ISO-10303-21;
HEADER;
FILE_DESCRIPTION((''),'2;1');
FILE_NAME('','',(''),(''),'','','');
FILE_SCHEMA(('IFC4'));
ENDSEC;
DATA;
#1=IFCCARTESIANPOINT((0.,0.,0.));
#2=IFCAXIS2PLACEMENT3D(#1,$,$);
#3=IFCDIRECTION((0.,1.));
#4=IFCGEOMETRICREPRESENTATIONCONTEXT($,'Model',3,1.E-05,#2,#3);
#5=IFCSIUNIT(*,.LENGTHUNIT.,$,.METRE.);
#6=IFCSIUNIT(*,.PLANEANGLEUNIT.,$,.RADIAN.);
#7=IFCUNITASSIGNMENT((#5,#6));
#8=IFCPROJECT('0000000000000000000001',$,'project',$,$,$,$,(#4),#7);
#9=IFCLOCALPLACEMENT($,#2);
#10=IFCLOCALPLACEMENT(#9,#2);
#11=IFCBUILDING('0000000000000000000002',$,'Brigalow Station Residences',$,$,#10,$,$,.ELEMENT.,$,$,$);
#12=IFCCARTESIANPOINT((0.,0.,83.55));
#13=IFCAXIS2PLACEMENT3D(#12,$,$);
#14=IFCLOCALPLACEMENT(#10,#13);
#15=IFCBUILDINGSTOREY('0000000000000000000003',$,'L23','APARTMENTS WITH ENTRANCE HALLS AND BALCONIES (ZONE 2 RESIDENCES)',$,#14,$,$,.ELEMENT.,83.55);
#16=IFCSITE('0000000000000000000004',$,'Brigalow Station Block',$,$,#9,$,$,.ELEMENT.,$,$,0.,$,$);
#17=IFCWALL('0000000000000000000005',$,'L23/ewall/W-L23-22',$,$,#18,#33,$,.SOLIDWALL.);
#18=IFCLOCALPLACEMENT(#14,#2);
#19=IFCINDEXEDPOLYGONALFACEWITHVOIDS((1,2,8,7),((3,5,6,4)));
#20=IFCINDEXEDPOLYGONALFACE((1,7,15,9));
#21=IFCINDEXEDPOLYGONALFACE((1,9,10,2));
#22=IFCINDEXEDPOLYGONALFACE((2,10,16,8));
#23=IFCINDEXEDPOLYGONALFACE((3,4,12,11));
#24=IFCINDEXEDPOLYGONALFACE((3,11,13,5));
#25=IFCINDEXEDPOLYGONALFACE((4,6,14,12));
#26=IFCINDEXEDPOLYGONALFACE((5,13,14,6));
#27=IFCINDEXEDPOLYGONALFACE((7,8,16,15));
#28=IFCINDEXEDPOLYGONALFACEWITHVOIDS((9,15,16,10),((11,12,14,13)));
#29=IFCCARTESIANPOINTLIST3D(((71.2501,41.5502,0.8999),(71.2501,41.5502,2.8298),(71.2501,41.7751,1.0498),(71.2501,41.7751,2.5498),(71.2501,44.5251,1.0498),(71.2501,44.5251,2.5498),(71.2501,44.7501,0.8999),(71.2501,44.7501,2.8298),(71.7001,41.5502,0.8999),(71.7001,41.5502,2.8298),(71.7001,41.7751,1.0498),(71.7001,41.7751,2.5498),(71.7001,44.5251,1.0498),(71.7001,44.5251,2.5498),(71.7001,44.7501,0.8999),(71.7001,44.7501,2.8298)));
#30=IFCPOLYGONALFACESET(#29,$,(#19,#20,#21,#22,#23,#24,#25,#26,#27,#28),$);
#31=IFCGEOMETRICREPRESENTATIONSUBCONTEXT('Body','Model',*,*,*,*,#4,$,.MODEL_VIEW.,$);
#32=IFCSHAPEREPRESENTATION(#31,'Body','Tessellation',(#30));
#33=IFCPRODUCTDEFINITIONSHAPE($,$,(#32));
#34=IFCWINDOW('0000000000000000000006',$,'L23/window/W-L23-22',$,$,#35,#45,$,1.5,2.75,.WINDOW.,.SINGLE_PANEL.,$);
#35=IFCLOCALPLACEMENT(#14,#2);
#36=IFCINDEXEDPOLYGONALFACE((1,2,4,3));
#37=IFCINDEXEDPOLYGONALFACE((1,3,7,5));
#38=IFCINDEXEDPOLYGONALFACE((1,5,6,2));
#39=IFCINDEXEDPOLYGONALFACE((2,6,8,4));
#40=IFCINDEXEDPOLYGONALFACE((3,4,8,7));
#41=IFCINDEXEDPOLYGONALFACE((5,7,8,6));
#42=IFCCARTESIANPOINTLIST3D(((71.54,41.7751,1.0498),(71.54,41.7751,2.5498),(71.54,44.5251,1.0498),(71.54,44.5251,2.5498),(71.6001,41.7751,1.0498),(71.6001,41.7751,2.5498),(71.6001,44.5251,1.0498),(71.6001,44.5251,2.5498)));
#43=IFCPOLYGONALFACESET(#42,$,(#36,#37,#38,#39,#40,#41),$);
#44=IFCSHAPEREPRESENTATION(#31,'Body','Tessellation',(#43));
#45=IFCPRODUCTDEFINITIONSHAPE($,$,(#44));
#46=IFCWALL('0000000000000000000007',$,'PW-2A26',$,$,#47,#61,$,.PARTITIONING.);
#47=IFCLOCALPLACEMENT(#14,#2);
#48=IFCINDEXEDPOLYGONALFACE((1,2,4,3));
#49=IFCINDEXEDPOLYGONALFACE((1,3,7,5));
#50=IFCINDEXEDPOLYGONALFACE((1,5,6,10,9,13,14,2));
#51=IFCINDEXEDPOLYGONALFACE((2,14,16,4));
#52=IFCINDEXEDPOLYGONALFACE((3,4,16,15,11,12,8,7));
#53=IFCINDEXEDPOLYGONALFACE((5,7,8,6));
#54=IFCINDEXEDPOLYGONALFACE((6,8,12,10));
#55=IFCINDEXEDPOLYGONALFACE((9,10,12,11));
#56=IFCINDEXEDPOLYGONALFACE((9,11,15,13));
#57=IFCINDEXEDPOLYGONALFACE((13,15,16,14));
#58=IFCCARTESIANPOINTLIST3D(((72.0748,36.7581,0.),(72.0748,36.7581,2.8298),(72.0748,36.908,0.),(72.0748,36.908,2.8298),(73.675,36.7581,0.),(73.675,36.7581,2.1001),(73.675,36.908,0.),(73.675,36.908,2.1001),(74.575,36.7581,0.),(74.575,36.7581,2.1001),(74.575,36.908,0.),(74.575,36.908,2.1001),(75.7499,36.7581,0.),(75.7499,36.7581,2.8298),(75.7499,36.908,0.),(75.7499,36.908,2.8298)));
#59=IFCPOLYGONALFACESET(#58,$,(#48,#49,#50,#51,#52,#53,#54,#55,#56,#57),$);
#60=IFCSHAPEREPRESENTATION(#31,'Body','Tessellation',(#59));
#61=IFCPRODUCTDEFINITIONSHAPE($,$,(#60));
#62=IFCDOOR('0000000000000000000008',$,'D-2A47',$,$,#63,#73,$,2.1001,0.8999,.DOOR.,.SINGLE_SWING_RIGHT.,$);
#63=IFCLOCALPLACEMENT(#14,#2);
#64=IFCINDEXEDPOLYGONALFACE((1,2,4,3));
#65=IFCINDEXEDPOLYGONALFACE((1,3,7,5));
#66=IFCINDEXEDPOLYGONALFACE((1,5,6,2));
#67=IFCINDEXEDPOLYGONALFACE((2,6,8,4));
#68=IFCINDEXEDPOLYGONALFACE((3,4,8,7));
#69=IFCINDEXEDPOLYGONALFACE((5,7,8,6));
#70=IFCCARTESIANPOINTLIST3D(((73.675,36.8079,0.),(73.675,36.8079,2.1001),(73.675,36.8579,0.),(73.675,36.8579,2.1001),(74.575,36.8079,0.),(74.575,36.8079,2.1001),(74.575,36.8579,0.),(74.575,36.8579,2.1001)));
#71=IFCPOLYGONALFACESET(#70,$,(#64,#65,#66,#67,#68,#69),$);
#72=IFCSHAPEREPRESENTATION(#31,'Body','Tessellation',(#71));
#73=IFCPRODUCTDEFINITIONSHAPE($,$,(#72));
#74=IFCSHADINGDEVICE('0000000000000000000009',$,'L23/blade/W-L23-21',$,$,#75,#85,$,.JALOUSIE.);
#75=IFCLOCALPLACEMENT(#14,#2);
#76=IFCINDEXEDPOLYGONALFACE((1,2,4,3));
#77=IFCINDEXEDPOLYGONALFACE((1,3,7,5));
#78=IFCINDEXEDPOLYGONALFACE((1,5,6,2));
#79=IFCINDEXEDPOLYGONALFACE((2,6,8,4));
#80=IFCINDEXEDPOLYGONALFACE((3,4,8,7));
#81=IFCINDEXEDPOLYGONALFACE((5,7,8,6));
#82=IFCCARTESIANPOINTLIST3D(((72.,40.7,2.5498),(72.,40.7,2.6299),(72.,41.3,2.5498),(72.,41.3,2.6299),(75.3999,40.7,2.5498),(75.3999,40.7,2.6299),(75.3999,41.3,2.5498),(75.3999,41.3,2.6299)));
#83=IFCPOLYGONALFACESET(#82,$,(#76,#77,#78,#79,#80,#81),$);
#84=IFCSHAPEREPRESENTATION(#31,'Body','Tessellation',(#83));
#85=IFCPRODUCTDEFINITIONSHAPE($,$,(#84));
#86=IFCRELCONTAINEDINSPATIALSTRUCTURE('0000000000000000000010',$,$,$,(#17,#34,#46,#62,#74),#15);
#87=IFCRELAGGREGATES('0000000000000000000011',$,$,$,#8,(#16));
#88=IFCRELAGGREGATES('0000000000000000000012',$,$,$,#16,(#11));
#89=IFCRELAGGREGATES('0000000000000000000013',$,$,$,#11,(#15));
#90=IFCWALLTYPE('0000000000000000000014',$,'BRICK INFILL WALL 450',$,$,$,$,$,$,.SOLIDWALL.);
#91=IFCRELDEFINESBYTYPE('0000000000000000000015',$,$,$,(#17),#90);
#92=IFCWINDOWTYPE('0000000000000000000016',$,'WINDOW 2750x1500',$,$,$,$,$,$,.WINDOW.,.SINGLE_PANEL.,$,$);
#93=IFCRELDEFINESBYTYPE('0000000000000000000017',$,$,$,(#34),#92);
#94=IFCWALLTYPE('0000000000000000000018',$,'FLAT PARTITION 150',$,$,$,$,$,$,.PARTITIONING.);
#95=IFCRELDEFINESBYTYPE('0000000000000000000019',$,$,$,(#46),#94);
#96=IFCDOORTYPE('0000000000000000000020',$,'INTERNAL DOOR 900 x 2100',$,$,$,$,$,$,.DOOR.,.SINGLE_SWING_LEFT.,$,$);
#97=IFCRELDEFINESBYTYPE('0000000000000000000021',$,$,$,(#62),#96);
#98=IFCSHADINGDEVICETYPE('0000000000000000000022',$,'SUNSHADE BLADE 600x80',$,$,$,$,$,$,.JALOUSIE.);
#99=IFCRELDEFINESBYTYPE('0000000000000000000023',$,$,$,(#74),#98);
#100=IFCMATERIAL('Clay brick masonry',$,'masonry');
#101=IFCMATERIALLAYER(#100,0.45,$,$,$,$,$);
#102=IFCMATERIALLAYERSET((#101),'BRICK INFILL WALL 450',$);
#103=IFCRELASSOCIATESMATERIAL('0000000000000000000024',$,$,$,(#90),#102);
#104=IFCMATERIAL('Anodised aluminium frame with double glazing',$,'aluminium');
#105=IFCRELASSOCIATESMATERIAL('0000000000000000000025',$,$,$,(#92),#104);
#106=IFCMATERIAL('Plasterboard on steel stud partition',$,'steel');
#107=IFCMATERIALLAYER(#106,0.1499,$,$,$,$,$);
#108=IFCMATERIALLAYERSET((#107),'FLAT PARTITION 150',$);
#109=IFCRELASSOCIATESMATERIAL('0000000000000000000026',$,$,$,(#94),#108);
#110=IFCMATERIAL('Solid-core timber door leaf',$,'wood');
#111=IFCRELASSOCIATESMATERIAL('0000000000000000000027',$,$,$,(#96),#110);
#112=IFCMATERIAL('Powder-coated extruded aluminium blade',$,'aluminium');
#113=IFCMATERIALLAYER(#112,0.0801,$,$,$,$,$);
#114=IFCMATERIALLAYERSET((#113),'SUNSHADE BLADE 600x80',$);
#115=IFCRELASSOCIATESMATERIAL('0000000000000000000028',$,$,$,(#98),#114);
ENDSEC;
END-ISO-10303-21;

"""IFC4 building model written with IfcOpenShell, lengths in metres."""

from ifc_helpers import new_model, si_unit, direction, frame, frame_2d, origin, origin_2d, place, context, subcontext, project, spatial, rectangle, extrude, material, layer, layer_set, type_object, element, fill, save


model = new_model("IFC4")

# Units and contexts
model_context = context("Model", 3, precision=1e-05, world=origin(), true_north=direction((0.0, 1.0)))
body_context = subcontext(model_context, "Body", "Model", "MODEL_VIEW")
ifc_project = project(units=[si_unit("LENGTHUNIT", "METRE"), si_unit("PLANEANGLEUNIT", "RADIAN")], contexts=[model_context])

# Site, building, storey
site_placement = place(None, origin())
site = spatial("IfcSite", under=ifc_project, at=site_placement, Name="Brigalow Station Block", CompositionType="ELEMENT", RefElevation=0.0)
building_placement = place(site_placement, origin())
building = spatial("IfcBuilding", under=site, at=building_placement, Name="Brigalow Station Residences", CompositionType="ELEMENT")
storey_placement = place(building_placement, frame((0.0, 0.0, 83.55)))
storey = spatial("IfcBuildingStorey", under=building, at=storey_placement, Name="L23", Description="APARTMENTS WITH ENTRANCE HALLS AND BALCONIES (ZONE 2 RESIDENCES)", CompositionType="ELEMENT", Elevation=83.55)

# Wall, opening, window
ifc_material_1 = material(Name="Clay brick masonry", Category="masonry")
ifc_layer_1 = layer(ifc_material_1, 0.45)
ifc_layer_set_1 = layer_set([ifc_layer_1], Name="BRICK INFILL WALL 450")
wall_type_1 = type_object("IfcWallType", Name="BRICK INFILL WALL 450", PredefinedType="SOLIDWALL", material=ifc_layer_set_1)
wall_1_placement = place(storey_placement, frame((71.4751, 41.55, 0.8999), z_axis=(0.0, 0.0, 1.0), x_axis=(0.0, 1.0, 0.0)))
wall_1 = element("IfcWall", 1, at=wall_1_placement, inside=storey, type_object=wall_type_1, Name="L23/ewall/W-L23-22", PredefinedType="SOLIDWALL", context=body_context, shape_type="SweptSolid", body=[
    extrude(rectangle(XDim=3.2, YDim=0.45, at=frame_2d((1.6001, 0.0))), origin(), (0.0, 0.0, 1.0), 1.9299),
])
opening_1_placement = place(wall_1_placement, frame((0.2251, 0.0, 0.1499)))
opening_1 = element("IfcOpeningElement", 2, at=opening_1_placement, cuts=wall_1, PredefinedType="OPENING", context=body_context, shape_type="SweptSolid", body=[
    extrude(rectangle(XDim=2.75, YDim=1.5, at=frame_2d((1.375, 0.75))), frame((0.0, 0.2349, 0.0), z_axis=(0.0, -1.0, 0.0), x_axis=(1.0, 0.0, 0.0)), (0.0, 0.0, 1.0), 0.47),
])
ifc_material_2 = material(Name="Anodised aluminium frame with double glazing", Category="aluminium")
window_type_1 = type_object("IfcWindowType", Name="WINDOW 2750x1500", PartitioningType="SINGLE_PANEL", PredefinedType="WINDOW", material=ifc_material_2)
window_1_placement = place(opening_1_placement, origin())
window_1 = element("IfcWindow", 3, at=window_1_placement, inside=storey, type_object=window_type_1, Name="L23/window/W-L23-22", OverallHeight=1.5, OverallWidth=2.75, PartitioningType="SINGLE_PANEL", PredefinedType="WINDOW", context=body_context, shape_type="SweptSolid", body=[
    extrude(rectangle(XDim=2.75, YDim=1.5, at=frame_2d((1.375, 0.75))), frame((0.0, -0.0649, 0.0), z_axis=(0.0, -1.0, 0.0), x_axis=(1.0, 0.0, 0.0)), (0.0, 0.0, 1.0), 0.0601),
])
fill(opening_1, window_1)

# Wall, opening, door
ifc_material_3 = material(Name="Plasterboard on steel stud partition", Category="steel")
ifc_layer_2 = layer(ifc_material_3, 0.1499)
ifc_layer_set_2 = layer_set([ifc_layer_2], Name="FLAT PARTITION 150")
wall_type_2 = type_object("IfcWallType", Name="FLAT PARTITION 150", PredefinedType="PARTITIONING", material=ifc_layer_set_2)
wall_2_placement = place(storey_placement, frame((72.075, 36.833, 0.0), z_axis=(0.0, 0.0, 1.0), x_axis=(1.0, 0.0, 0.0)))
wall_2 = element("IfcWall", 4, at=wall_2_placement, inside=storey, type_object=wall_type_2, Name="PW-2A26", PredefinedType="PARTITIONING", context=body_context, shape_type="SweptSolid", body=[
    extrude(rectangle(XDim=3.675, YDim=0.1499, at=frame_2d((1.8374, 0.0))), origin(), (0.0, 0.0, 1.0), 2.8298),
])
opening_2_placement = place(wall_2_placement, frame((1.6001, 0.0, 0.0)))
opening_2 = element("IfcOpeningElement", 5, at=opening_2_placement, cuts=wall_2, PredefinedType="OPENING", context=body_context, shape_type="SweptSolid", body=[
    extrude(rectangle(XDim=0.8999, YDim=2.1001, at=frame_2d((0.45, 1.05))), frame((0.0, 0.085, 0.0), z_axis=(0.0, -1.0, 0.0), x_axis=(1.0, 0.0, 0.0)), (0.0, 0.0, 1.0), 0.1699),
])
ifc_material_4 = material(Name="Solid-core timber door leaf", Category="wood")
door_type = type_object("IfcDoorType", Name="INTERNAL DOOR 900 x 2100", OperationType="SINGLE_SWING_LEFT", PredefinedType="DOOR", material=ifc_material_4)
door_placement = place(opening_2_placement, origin())
door = element("IfcDoor", 6, at=door_placement, inside=storey, type_object=door_type, Name="D-2A47", OperationType="SINGLE_SWING_RIGHT", OverallHeight=2.1001, OverallWidth=0.8999, PredefinedType="DOOR", context=body_context, shape_type="SweptSolid", body=[
    extrude(rectangle(XDim=0.8999, YDim=2.1001, at=frame_2d((0.45, 1.05))), frame((0.0, 0.0249, 0.0), z_axis=(0.0, -1.0, 0.0), x_axis=(1.0, 0.0, 0.0)), (0.0, 0.0, 1.0), 0.05),
])
fill(opening_2, door)

# Shading device
ifc_material_5 = material(Name="Powder-coated extruded aluminium blade", Category="aluminium")
ifc_layer_3 = layer(ifc_material_5, 0.0801)
ifc_layer_set_3 = layer_set([ifc_layer_3], Name="SUNSHADE BLADE 600x80")
shading_device_type = type_object("IfcShadingDeviceType", Name="SUNSHADE BLADE 600x80", PredefinedType="JALOUSIE", material=ifc_layer_set_3)
shading_device_placement = place(storey_placement, frame((73.7, 41.0, 2.5498), z_axis=(0.0, 0.0, 1.0), x_axis=(-1.0, 0.0, 0.0)))
element("IfcShadingDevice", 7, at=shading_device_placement, inside=storey, type_object=shading_device_type, Name="L23/blade/W-L23-21", PredefinedType="JALOUSIE", context=body_context, shape_type="SweptSolid", body=[
    extrude(rectangle(XDim=3.3999, YDim=0.6001, at=origin_2d()), origin(), (0.0, 0.0, 1.0), 0.0801),
])

save(model, "model.ifc")
